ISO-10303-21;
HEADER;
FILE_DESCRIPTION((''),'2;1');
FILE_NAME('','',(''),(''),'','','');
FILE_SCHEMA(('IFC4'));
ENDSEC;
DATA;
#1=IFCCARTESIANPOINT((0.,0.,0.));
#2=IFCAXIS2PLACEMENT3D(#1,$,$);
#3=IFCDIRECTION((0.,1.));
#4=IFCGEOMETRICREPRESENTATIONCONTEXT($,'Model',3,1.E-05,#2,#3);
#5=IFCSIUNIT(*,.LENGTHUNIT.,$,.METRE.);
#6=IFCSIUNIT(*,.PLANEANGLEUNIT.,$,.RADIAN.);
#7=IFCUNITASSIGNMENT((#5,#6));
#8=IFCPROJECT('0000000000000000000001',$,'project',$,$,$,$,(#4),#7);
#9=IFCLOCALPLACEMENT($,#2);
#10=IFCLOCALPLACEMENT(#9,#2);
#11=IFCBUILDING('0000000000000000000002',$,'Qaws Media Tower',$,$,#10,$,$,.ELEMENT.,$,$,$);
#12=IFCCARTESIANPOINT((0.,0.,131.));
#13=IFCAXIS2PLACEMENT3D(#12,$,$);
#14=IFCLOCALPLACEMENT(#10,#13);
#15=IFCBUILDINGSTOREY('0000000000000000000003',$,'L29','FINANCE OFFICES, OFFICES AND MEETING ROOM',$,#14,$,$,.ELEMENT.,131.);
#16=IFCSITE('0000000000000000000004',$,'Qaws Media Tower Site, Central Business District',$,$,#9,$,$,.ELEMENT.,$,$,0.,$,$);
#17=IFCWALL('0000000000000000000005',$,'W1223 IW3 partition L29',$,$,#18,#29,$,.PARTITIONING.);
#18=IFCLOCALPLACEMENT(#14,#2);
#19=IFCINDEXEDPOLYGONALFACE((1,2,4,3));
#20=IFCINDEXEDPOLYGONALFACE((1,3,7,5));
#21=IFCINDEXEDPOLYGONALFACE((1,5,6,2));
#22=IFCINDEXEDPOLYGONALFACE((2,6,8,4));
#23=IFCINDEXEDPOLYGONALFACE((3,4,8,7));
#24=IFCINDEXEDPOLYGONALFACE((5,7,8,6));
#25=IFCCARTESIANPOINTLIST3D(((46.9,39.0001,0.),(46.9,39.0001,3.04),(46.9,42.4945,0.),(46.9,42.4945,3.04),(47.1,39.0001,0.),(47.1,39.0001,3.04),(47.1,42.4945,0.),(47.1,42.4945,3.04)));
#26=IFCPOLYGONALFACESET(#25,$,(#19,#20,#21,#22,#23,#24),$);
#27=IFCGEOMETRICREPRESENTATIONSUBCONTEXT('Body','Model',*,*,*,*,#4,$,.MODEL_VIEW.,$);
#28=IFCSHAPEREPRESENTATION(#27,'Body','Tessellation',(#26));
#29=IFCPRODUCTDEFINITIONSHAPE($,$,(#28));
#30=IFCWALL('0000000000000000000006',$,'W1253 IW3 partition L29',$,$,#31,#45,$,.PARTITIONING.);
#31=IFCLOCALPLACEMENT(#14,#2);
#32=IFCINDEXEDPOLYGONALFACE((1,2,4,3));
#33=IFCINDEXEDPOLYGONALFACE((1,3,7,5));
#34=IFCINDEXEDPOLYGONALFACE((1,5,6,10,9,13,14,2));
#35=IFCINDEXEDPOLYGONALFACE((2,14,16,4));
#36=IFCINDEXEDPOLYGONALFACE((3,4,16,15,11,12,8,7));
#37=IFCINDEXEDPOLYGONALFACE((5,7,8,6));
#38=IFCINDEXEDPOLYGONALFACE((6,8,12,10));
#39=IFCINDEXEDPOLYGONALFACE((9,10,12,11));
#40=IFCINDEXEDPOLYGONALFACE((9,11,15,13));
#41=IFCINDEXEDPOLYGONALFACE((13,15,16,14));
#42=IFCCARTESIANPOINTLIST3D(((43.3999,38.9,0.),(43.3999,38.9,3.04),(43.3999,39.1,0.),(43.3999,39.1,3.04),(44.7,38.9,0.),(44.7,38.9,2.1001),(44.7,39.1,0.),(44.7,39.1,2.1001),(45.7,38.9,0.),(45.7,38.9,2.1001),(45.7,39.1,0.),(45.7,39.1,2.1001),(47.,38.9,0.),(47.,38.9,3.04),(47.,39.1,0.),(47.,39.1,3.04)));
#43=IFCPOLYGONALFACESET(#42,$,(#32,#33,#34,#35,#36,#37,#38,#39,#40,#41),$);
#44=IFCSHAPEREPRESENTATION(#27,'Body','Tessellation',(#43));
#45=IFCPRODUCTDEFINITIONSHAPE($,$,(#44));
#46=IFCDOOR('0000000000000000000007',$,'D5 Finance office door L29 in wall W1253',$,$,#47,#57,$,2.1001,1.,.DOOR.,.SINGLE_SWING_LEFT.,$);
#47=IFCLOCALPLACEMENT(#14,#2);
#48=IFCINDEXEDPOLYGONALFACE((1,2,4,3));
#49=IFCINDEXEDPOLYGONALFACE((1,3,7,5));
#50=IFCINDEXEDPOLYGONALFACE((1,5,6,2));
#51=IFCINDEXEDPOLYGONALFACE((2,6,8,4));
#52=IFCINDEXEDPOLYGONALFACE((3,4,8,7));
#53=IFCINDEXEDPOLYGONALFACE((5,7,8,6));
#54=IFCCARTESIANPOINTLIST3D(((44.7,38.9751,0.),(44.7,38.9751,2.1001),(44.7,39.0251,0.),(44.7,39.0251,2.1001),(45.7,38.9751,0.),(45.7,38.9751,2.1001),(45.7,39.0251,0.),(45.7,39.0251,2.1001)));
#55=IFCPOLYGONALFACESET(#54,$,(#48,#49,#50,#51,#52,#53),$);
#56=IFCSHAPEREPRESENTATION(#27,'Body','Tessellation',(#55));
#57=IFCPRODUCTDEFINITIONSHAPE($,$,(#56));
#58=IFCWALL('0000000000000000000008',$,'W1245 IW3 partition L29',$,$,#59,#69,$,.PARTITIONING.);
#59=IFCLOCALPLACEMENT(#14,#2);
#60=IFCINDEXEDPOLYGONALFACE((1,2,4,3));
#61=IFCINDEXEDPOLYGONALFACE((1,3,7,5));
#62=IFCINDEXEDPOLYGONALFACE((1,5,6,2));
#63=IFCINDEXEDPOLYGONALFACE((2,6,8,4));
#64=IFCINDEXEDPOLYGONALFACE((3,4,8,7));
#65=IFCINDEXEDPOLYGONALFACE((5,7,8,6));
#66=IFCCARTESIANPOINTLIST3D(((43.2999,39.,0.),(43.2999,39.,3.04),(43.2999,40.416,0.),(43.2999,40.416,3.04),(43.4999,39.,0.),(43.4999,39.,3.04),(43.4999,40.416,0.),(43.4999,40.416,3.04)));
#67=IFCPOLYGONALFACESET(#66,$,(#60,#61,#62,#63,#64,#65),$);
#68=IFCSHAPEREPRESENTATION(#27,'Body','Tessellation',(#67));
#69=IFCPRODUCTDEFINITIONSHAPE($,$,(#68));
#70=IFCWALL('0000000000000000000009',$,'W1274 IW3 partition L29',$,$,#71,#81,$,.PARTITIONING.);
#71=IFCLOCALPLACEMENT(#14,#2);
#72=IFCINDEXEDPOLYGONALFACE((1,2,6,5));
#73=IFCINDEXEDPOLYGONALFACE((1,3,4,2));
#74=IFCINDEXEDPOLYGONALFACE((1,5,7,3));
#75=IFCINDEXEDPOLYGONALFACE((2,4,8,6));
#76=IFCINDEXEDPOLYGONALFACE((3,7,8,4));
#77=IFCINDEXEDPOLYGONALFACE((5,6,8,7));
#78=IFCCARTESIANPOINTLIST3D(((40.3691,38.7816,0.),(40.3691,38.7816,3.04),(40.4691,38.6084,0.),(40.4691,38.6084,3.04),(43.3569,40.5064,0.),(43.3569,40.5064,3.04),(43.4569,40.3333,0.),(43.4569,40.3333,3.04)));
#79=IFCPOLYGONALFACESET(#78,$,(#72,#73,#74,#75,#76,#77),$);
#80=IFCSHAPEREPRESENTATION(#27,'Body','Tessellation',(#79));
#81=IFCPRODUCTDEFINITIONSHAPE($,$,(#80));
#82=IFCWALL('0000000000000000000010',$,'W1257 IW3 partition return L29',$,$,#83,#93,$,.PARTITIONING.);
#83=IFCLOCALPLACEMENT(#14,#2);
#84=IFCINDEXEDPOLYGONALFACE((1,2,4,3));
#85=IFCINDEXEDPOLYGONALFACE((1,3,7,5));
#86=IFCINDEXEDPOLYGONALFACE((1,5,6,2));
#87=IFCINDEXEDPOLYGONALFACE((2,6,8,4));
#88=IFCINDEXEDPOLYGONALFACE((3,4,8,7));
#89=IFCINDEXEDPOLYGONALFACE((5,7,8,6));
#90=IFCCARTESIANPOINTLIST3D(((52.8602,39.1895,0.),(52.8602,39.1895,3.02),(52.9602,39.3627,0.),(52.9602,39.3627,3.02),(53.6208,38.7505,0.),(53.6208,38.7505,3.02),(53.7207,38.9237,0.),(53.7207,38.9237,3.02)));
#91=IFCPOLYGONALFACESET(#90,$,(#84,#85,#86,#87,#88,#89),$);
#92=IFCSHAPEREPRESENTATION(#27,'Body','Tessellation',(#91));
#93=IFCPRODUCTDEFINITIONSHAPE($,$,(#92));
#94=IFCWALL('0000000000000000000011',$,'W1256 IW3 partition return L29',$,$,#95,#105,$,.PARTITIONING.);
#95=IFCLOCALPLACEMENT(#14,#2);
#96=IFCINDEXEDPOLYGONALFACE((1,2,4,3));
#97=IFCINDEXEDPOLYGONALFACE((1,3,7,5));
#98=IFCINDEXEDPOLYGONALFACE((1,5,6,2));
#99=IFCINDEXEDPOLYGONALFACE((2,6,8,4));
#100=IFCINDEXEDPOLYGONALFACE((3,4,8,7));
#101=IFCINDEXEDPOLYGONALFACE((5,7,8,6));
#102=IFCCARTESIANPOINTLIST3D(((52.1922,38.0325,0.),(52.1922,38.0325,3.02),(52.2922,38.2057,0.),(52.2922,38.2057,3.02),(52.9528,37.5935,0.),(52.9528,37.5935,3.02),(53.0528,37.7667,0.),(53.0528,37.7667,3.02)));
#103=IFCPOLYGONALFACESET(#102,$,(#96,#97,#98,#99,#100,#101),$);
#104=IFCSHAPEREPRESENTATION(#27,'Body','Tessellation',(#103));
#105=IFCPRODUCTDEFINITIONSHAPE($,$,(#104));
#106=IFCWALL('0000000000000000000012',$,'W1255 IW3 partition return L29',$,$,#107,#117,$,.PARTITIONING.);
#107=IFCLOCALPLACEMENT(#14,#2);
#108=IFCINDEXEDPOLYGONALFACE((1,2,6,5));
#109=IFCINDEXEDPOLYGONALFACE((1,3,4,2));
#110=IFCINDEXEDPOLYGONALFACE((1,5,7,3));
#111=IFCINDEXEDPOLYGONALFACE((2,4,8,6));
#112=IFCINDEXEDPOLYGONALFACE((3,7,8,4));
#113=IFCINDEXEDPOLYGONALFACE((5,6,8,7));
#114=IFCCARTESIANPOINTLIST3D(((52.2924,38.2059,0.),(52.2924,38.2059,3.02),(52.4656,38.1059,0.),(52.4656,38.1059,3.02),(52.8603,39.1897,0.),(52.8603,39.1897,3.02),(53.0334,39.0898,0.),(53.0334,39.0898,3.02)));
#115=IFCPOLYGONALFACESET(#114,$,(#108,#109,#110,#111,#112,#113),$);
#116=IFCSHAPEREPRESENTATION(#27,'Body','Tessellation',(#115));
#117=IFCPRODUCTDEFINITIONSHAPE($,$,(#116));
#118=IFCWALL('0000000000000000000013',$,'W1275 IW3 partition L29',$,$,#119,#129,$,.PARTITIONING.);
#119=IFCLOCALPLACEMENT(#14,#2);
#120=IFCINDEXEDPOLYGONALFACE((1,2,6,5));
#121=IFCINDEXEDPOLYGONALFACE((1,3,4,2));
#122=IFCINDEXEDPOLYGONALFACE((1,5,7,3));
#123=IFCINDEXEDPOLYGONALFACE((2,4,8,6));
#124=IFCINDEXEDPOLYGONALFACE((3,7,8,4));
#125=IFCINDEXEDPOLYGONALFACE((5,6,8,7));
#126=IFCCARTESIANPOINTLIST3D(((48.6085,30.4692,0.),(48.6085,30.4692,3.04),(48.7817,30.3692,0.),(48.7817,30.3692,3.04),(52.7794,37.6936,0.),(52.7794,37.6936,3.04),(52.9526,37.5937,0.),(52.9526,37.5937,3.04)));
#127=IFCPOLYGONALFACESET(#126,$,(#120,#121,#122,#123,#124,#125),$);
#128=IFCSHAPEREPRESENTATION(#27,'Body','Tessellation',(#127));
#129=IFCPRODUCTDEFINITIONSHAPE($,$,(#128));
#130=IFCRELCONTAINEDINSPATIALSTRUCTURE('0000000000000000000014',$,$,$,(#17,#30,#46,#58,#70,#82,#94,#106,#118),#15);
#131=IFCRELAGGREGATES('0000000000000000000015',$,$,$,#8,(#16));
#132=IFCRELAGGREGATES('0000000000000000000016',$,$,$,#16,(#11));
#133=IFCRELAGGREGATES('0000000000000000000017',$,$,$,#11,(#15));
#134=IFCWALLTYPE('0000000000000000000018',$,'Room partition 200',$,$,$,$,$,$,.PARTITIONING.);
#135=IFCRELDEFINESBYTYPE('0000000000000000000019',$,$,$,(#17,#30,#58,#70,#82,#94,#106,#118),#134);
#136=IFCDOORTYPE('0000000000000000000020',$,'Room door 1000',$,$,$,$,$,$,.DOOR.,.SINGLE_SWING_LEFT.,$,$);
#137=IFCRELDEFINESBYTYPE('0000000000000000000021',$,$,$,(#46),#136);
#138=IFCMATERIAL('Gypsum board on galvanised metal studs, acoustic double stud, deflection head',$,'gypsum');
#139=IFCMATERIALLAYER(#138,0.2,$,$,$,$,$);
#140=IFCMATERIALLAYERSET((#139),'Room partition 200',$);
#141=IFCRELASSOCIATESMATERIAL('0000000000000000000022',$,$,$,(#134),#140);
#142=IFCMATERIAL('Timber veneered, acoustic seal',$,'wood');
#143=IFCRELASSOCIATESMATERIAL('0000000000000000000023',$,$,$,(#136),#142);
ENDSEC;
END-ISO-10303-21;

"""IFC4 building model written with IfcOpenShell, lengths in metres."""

from ifc_helpers import new_model, si_unit, direction, frame, frame_2d, origin, place, context, subcontext, project, spatial, rectangle, extrude, material, layer, layer_set, type_object, element, fill, save


model = new_model("IFC4")

# Units and contexts
model_context = context("Model", 3, precision=1e-05, world=origin(), true_north=direction((0.0, 1.0)))
body_context = subcontext(model_context, "Body", "Model", "MODEL_VIEW")
ifc_project = project(units=[si_unit("LENGTHUNIT", "METRE"), si_unit("PLANEANGLEUNIT", "RADIAN")], contexts=[model_context])

# Site, building, storey
site_placement = place(None, origin())
site = spatial("IfcSite", under=ifc_project, at=site_placement, Name="Qaws Media Tower Site, Central Business District", CompositionType="ELEMENT", RefElevation=0.0)
building_placement = place(site_placement, origin())
building = spatial("IfcBuilding", under=site, at=building_placement, Name="Qaws Media Tower", CompositionType="ELEMENT")
storey_placement = place(building_placement, frame((0.0, 0.0, 131.0)))
storey = spatial("IfcBuildingStorey", under=building, at=storey_placement, Name="L29", Description="FINANCE OFFICES, OFFICES AND MEETING ROOM", CompositionType="ELEMENT", Elevation=131.0)

# Wall
ifc_material_1 = material(Name="Gypsum board on galvanised metal studs, acoustic double stud, deflection head", Category="gypsum")
ifc_layer_1 = layer(ifc_material_1, 0.2)
ifc_layer_set_1 = layer_set([ifc_layer_1], Name="Room partition 200")
wall_type = type_object("IfcWallType", Name="Room partition 200", PredefinedType="PARTITIONING", material=ifc_layer_set_1)
wall_1_placement = place(storey_placement, frame((47.0, 42.4944, 0.0), z_axis=(0.0, 0.0, 1.0), x_axis=(0.0, -1.0, 0.0)))
element("IfcWall", 1, at=wall_1_placement, inside=storey, type_object=wall_type, Name="W1223 IW3 partition L29", PredefinedType="PARTITIONING", context=body_context, shape_type="SweptSolid", body=[
    extrude(rectangle(XDim=3.4944, YDim=0.2, at=frame_2d((1.7471, 0.0))), origin(), (0.0, 0.0, 1.0), 3.04),
])

# Wall, opening, door
wall_2_placement = place(storey_placement, frame((47.0, 39.0, 0.0), z_axis=(0.0, 0.0, 1.0), x_axis=(-1.0, 0.0, 0.0)))
wall_2 = element("IfcWall", 2, at=wall_2_placement, inside=storey, type_object=wall_type, Name="W1253 IW3 partition L29", PredefinedType="PARTITIONING", context=body_context, shape_type="SweptSolid", body=[
    extrude(rectangle(XDim=3.6001, YDim=0.2, at=frame_2d((1.8, 0.0))), origin(), (0.0, 0.0, 1.0), 3.04),
])
opening_1_placement = place(wall_2_placement, frame((1.3, 0.0, 0.0)))
opening_1 = element("IfcOpeningElement", 3, at=opening_1_placement, cuts=wall_2, PredefinedType="OPENING", context=body_context, shape_type="SweptSolid", body=[
    extrude(rectangle(XDim=1.0, YDim=2.1001, at=frame_2d((0.5, 1.05))), frame((0.0, 0.1099, 0.0), z_axis=(0.0, -1.0, 0.0), x_axis=(1.0, 0.0, 0.0)), (0.0, 0.0, 1.0), 0.22),
])
ifc_material_2 = material(Name="Timber veneered, acoustic seal", Category="wood")
door_type_1 = type_object("IfcDoorType", Name="Room door 1000", OperationType="SINGLE_SWING_LEFT", PredefinedType="DOOR", material=ifc_material_2)
door_1_placement = place(opening_1_placement, origin())
door_1 = element("IfcDoor", 4, at=door_1_placement, inside=storey, type_object=door_type_1, Name="D5 Finance office door L29 in wall W1253", OperationType="SINGLE_SWING_LEFT", OverallHeight=2.1001, OverallWidth=1.0, PredefinedType="DOOR", context=body_context, shape_type="SweptSolid", body=[
    extrude(rectangle(XDim=1.0, YDim=2.1001, at=frame_2d((0.5, 1.05))), frame((0.0, 0.0249, 0.0), z_axis=(0.0, -1.0, 0.0), x_axis=(1.0, 0.0, 0.0)), (0.0, 0.0, 1.0), 0.05),
])
fill(opening_1, door_1)

# Wall
wall_3_placement = place(storey_placement, frame((43.3999, 39.0, 0.0), z_axis=(0.0, 0.0, 1.0), x_axis=(0.0, 1.0, 0.0)))
element("IfcWall", 5, at=wall_3_placement, inside=storey, type_object=wall_type, Name="W1245 IW3 partition L29", PredefinedType="PARTITIONING", context=body_context, shape_type="SweptSolid", body=[
    extrude(rectangle(XDim=1.416, YDim=0.2, at=frame_2d((0.708, 0.0))), origin(), (0.0, 0.0, 1.0), 3.04),
])

# Walls
wall_4_placement = place(storey_placement, frame((43.407, 40.4199, 0.0), z_axis=(0.0, 0.0, 1.0), x_axis=(-0.866044, -0.499967, 0.0)))
element("IfcWall", 6, at=wall_4_placement, inside=storey, type_object=wall_type, Name="W1274 IW3 partition L29", PredefinedType="PARTITIONING", context=body_context, shape_type="SweptSolid", body=[
    extrude(rectangle(XDim=3.45, YDim=0.2, at=frame_2d((1.7251, 0.0))), origin(), (0.0, 0.0, 1.0), 3.04),
])
for number, where, z_axis, x_axis, name in (
    (7, (53.6707, 38.8372, 0.0), (0.0, 0.0, 1.0), (-0.866079, 0.499907, 0.0), "W1257 IW3 partition return L29"),
    (8, (53.0027, 37.6802, 0.0), (0.0, 0.0, 1.0), (-0.866079, 0.499907, 0.0), "W1256 IW3 partition return L29"),
):
    element("IfcWall", number, at=place(storey_placement, frame(where, z_axis=z_axis, x_axis=x_axis)), inside=storey, type_object=wall_type, Name=name, PredefinedType="PARTITIONING", context=body_context, shape_type="SweptSolid", body=[
        extrude(rectangle(XDim=0.8782, YDim=0.2, at=frame_2d((0.439, 0.0))), origin(), (0.0, 0.0, 1.0), 3.02),
    ])
wall_5_placement = place(storey_placement, frame((52.9468, 39.1396, 0.0), z_axis=(0.0, 0.0, 1.0), x_axis=(-0.499884, -0.866093, 0.0)))
element("IfcWall", 9, at=wall_5_placement, inside=storey, type_object=wall_type, Name="W1255 IW3 partition return L29", PredefinedType="PARTITIONING", context=body_context, shape_type="SweptSolid", body=[
    extrude(rectangle(XDim=1.136, YDim=0.2, at=frame_2d((0.5679, 0.0))), origin(), (0.0, 0.0, 1.0), 3.02),
])
wall_6_placement = place(storey_placement, frame((52.866, 37.6436, 0.0), z_axis=(0.0, 0.0, 1.0), x_axis=(-0.499992, -0.86603, 0.0)))
element("IfcWall", 10, at=wall_6_placement, inside=storey, type_object=wall_type, Name="W1275 IW3 partition L29", PredefinedType="PARTITIONING", context=body_context, shape_type="SweptSolid", body=[
    extrude(rectangle(XDim=8.342, YDim=0.2, at=frame_2d((4.1709, 0.0))), origin(), (0.0, 0.0, 1.0), 3.04),
])

save(model, "model.ifc")
